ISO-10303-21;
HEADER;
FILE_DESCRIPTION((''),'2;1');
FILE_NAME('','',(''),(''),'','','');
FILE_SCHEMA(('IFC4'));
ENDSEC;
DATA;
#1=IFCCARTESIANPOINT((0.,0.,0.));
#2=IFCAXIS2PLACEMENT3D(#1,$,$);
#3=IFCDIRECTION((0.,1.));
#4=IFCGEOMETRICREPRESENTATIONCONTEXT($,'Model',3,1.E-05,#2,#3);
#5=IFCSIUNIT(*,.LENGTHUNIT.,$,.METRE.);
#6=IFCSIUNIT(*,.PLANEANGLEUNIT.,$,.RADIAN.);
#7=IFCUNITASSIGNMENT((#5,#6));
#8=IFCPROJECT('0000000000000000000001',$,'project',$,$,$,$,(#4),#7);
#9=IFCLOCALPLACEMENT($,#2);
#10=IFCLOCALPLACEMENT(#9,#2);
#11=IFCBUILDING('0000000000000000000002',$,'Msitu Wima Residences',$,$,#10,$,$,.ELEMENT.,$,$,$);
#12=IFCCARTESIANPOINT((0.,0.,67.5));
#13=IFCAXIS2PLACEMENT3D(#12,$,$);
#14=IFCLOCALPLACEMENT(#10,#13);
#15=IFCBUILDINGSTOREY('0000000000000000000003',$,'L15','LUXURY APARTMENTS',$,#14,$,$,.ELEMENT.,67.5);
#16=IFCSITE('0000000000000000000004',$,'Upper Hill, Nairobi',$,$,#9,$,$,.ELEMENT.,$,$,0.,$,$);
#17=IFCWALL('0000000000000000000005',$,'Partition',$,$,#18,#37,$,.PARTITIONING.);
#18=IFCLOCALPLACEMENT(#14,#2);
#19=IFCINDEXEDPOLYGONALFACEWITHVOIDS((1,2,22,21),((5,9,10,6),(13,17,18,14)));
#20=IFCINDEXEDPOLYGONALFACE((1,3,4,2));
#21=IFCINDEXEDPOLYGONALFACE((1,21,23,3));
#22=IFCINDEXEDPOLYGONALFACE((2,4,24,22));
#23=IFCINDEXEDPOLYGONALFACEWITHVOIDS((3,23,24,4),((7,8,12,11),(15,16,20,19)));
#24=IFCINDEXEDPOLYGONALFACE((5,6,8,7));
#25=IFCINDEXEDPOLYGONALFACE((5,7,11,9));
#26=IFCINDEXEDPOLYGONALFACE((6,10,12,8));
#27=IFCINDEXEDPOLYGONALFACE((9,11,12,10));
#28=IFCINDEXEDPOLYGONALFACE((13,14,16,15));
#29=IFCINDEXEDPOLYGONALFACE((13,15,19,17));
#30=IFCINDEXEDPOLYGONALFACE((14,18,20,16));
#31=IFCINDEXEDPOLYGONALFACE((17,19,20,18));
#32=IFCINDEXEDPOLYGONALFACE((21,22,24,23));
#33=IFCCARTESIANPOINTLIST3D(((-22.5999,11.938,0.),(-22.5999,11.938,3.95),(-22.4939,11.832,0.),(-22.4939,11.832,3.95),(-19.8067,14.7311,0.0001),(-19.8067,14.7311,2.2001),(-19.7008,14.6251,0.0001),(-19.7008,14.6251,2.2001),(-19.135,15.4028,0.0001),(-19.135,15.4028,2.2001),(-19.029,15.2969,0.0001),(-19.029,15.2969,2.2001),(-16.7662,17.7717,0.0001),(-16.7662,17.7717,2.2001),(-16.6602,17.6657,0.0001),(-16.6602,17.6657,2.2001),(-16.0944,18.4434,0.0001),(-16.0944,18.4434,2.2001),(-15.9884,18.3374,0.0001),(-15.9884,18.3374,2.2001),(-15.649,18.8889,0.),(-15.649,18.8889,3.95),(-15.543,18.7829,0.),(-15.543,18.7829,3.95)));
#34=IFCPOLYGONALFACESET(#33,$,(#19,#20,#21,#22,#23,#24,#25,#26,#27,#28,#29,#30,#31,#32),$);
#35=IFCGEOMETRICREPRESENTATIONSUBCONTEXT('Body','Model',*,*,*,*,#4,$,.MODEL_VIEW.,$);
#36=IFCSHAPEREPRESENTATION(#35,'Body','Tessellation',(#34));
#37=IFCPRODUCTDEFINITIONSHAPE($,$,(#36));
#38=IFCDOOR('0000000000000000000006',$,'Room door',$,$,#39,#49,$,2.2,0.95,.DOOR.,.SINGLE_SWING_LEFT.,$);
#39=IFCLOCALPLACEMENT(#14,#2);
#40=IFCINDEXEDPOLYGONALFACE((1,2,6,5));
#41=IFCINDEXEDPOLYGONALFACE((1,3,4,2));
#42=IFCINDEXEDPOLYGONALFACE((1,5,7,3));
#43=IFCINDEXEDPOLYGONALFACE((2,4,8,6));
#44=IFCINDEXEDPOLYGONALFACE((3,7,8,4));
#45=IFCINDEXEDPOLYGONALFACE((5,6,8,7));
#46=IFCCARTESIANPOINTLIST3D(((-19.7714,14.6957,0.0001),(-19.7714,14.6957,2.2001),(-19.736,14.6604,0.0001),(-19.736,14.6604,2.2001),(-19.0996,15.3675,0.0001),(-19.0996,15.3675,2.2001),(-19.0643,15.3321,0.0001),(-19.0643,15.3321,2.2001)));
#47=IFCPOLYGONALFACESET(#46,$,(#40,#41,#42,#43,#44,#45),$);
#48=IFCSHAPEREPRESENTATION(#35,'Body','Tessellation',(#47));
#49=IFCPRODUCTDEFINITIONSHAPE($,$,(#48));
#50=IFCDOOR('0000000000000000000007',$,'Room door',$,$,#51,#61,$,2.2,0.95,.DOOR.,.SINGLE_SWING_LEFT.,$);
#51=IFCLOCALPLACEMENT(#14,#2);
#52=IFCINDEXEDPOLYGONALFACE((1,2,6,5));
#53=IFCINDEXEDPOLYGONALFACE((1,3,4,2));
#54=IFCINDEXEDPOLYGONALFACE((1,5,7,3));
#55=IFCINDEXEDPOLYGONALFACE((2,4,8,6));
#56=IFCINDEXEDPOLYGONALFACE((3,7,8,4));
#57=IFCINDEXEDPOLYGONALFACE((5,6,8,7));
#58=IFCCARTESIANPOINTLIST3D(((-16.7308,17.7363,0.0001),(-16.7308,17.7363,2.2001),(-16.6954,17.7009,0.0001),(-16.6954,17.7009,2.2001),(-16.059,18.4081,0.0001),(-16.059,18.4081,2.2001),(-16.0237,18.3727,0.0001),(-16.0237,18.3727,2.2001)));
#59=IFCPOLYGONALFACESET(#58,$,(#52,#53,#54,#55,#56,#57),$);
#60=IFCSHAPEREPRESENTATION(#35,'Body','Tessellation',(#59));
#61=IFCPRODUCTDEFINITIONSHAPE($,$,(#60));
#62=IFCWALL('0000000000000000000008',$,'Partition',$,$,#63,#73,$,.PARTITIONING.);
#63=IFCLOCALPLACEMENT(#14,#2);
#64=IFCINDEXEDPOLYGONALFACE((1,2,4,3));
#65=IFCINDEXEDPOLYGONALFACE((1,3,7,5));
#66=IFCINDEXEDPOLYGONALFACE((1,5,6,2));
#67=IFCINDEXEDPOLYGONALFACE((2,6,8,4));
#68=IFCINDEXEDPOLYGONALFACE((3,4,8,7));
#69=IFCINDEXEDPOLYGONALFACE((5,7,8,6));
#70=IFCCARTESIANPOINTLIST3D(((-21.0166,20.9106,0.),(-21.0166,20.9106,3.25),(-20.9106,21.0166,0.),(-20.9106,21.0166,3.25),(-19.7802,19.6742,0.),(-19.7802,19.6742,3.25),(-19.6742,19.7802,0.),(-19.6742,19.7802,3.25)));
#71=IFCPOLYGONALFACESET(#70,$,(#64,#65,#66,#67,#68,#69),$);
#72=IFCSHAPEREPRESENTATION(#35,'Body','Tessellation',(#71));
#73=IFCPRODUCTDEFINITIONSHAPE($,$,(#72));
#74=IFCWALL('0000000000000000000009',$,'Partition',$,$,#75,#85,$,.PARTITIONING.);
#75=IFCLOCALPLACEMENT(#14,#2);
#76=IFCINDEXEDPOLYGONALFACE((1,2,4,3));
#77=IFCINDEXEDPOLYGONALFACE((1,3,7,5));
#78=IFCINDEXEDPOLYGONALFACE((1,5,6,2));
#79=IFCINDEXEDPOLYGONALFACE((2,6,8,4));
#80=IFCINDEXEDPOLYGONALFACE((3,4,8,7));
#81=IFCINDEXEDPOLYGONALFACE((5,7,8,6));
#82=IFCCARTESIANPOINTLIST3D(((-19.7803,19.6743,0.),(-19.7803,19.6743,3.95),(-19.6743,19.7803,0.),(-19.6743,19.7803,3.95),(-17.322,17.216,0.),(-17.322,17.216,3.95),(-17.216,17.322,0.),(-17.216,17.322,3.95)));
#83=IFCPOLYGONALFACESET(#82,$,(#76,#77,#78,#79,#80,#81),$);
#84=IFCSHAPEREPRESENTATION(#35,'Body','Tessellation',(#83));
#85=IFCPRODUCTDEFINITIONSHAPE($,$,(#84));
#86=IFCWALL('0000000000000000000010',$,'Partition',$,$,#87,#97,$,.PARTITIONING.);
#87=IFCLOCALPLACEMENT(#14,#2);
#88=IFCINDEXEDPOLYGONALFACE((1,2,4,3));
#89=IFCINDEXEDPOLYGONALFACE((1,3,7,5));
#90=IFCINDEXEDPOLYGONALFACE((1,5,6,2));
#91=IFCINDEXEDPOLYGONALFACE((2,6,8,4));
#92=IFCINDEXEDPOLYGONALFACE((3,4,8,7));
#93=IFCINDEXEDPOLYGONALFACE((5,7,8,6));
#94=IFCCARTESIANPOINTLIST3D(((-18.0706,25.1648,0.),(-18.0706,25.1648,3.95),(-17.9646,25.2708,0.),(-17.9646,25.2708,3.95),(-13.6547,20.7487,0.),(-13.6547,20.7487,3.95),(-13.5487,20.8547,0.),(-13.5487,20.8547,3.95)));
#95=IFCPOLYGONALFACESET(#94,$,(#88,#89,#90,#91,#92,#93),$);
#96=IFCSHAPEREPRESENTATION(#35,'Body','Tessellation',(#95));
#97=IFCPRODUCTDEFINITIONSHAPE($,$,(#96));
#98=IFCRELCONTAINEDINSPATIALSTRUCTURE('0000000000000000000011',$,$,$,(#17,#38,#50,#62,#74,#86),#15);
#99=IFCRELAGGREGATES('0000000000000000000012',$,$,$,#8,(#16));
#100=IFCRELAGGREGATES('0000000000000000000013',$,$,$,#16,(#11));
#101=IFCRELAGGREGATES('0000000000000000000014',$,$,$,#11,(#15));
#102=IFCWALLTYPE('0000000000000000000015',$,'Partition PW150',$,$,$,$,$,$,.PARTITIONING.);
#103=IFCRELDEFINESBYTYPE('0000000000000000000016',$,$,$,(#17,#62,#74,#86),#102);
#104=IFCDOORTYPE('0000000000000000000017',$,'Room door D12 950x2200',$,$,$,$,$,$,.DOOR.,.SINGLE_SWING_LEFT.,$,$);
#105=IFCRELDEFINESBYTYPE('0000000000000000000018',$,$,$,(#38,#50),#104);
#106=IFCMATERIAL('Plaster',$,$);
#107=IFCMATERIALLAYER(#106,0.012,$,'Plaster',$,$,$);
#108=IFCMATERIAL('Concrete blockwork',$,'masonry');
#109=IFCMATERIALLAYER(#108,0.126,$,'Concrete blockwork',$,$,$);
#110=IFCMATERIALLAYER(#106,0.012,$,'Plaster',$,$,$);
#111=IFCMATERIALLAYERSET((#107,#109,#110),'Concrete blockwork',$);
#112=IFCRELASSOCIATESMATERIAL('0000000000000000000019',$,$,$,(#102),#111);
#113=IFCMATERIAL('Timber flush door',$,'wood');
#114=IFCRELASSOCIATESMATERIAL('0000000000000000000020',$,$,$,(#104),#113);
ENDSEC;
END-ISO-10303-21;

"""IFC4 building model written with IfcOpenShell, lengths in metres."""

from ifc_helpers import new_model, si_unit, direction, frame, frame_2d, origin, place, context, subcontext, project, spatial, rectangle, extrude, material, layer, layer_set, type_object, element, fill, save


model = new_model("IFC4")

# Units and contexts
model_context = context("Model", 3, precision=1e-05, world=origin(), true_north=direction((0.0, 1.0)))
body_context = subcontext(model_context, "Body", "Model", "MODEL_VIEW")
ifc_project = project(units=[si_unit("LENGTHUNIT", "METRE"), si_unit("PLANEANGLEUNIT", "RADIAN")], contexts=[model_context])

# Site, building, storey
site_placement = place(None, origin())
site = spatial("IfcSite", under=ifc_project, at=site_placement, Name="Upper Hill, Nairobi", CompositionType="ELEMENT", RefElevation=0.0)
building_placement = place(site_placement, origin())
building = spatial("IfcBuilding", under=site, at=building_placement, Name="Msitu Wima Residences", CompositionType="ELEMENT")
storey_placement = place(building_placement, frame((0.0, 0.0, 67.5)))
storey = spatial("IfcBuildingStorey", under=building, at=storey_placement, Name="L15", Description="LUXURY APARTMENTS", CompositionType="ELEMENT", Elevation=67.5)

# Shared definitions
ifc_material_1 = material(Name="Plaster")
ifc_material_2 = material(Name="Concrete blockwork", Category="masonry")
ifc_layer_1 = layer(ifc_material_1, 0.012, Name="Plaster")
ifc_layer_2 = layer(ifc_material_2, 0.126, Name="Concrete blockwork")
ifc_layer_3 = layer(ifc_material_1, 0.012, Name="Plaster")
ifc_layer_set_1 = layer_set([ifc_layer_1, ifc_layer_2, ifc_layer_3], Name="Concrete blockwork")
wall_type_1 = type_object("IfcWallType", Name="Partition PW150", PredefinedType="PARTITIONING", material=ifc_layer_set_1)

# Wall, openings, doors
wall_1_placement = place(storey_placement, frame((-22.5469, 11.885, 0.0), z_axis=(0.0, 0.0, 1.0), x_axis=(0.707107, 0.707107, 0.0)))
wall_1 = element("IfcWall", 1, at=wall_1_placement, inside=storey, type_object=wall_type_1, Name="Partition", PredefinedType="PARTITIONING", context=body_context, shape_type="SweptSolid", body=[
    extrude(rectangle(XDim=9.8301, YDim=0.1499, at=frame_2d((4.915, 0.0))), origin(), (0.0, 0.0, 1.0), 3.95),
])
opening_1_placement = place(wall_1_placement, frame((3.95, 0.0, 0.0)))
opening_1 = element("IfcOpeningElement", 2, at=opening_1_placement, cuts=wall_1, PredefinedType="OPENING", context=body_context, shape_type="SweptSolid", body=[
    extrude(rectangle(XDim=0.95, YDim=2.2, at=frame_2d((0.4751, 1.1001))), frame((0.0, 0.085, 0.0), z_axis=(0.0, -1.0, 0.0), x_axis=(1.0, 0.0, 0.0)), (0.0, 0.0, 1.0), 0.1699),
])
opening_2_placement = place(wall_1_placement, frame((8.25, 0.0, 0.0)))
opening_2 = element("IfcOpeningElement", 3, at=opening_2_placement, cuts=wall_1, PredefinedType="OPENING", context=body_context, shape_type="SweptSolid", body=[
    extrude(rectangle(XDim=0.95, YDim=2.2, at=frame_2d((0.4751, 1.1001))), frame((0.0, 0.085, 0.0), z_axis=(0.0, -1.0, 0.0), x_axis=(1.0, 0.0, 0.0)), (0.0, 0.0, 1.0), 0.1699),
])
ifc_material_3 = material(Name="Timber flush door", Category="wood")
door_type_1 = type_object("IfcDoorType", Name="Room door D12 950x2200", OperationType="SINGLE_SWING_LEFT", PredefinedType="DOOR", material=ifc_material_3)
door_1_placement = place(opening_1_placement, origin())
door_1 = element("IfcDoor", 4, at=door_1_placement, inside=storey, type_object=door_type_1, Name="Room door", OperationType="SINGLE_SWING_LEFT", OverallHeight=2.2, OverallWidth=0.95, PredefinedType="DOOR", context=body_context, shape_type="SweptSolid", body=[
    extrude(rectangle(XDim=0.95, YDim=2.2, at=frame_2d((0.4751, 1.1001))), frame((0.0, 0.0249, 0.0), z_axis=(0.0, -1.0, 0.0), x_axis=(1.0, 0.0, 0.0)), (0.0, 0.0, 1.0), 0.05),
])
fill(opening_1, door_1)
door_2_placement = place(opening_2_placement, origin())
door_2 = element("IfcDoor", 5, at=door_2_placement, inside=storey, type_object=door_type_1, Name="Room door", OperationType="SINGLE_SWING_LEFT", OverallHeight=2.2, OverallWidth=0.95, PredefinedType="DOOR", context=body_context, shape_type="SweptSolid", body=[
    extrude(rectangle(XDim=0.95, YDim=2.2, at=frame_2d((0.4751, 1.1001))), frame((0.0, 0.0249, 0.0), z_axis=(0.0, -1.0, 0.0), x_axis=(1.0, 0.0, 0.0)), (0.0, 0.0, 1.0), 0.05),
])
fill(opening_2, door_2)

# Walls
wall_2_placement = place(storey_placement, frame((-20.9636, 20.9636, 0.0), z_axis=(0.0, 0.0, 1.0), x_axis=(0.707107, -0.707107, 0.0)))
element("IfcWall", 6, at=wall_2_placement, inside=storey, type_object=wall_type_1, Name="Partition", PredefinedType="PARTITIONING", context=body_context, shape_type="SweptSolid", body=[
    extrude(rectangle(XDim=1.7485, YDim=0.1499, at=frame_2d((0.8743, 0.0))), origin(), (0.0, 0.0, 1.0), 3.25),
])
wall_3_placement = place(storey_placement, frame((-19.7273, 19.7273, 0.0), z_axis=(0.0, 0.0, 1.0), x_axis=(0.707107, -0.707107, 0.0)))
element("IfcWall", 7, at=wall_3_placement, inside=storey, type_object=wall_type_1, Name="Partition", PredefinedType="PARTITIONING", context=body_context, shape_type="SweptSolid", body=[
    extrude(rectangle(XDim=3.4766, YDim=0.1499, at=frame_2d((1.7383, 0.0))), origin(), (0.0, 0.0, 1.0), 3.95),
])
wall_4_placement = place(storey_placement, frame((-18.0176, 25.2178, 0.0), z_axis=(0.0, 0.0, 1.0), x_axis=(0.707087, -0.707126, 0.0)))
element("IfcWall", 8, at=wall_4_placement, inside=storey, type_object=wall_type_1, Name="Partition", PredefinedType="PARTITIONING", context=body_context, shape_type="SweptSolid", body=[
    extrude(rectangle(XDim=6.2451, YDim=0.1499, at=frame_2d((3.1226, 0.0))), origin(), (0.0, 0.0, 1.0), 3.95),
])

save(model, "model.ifc")
